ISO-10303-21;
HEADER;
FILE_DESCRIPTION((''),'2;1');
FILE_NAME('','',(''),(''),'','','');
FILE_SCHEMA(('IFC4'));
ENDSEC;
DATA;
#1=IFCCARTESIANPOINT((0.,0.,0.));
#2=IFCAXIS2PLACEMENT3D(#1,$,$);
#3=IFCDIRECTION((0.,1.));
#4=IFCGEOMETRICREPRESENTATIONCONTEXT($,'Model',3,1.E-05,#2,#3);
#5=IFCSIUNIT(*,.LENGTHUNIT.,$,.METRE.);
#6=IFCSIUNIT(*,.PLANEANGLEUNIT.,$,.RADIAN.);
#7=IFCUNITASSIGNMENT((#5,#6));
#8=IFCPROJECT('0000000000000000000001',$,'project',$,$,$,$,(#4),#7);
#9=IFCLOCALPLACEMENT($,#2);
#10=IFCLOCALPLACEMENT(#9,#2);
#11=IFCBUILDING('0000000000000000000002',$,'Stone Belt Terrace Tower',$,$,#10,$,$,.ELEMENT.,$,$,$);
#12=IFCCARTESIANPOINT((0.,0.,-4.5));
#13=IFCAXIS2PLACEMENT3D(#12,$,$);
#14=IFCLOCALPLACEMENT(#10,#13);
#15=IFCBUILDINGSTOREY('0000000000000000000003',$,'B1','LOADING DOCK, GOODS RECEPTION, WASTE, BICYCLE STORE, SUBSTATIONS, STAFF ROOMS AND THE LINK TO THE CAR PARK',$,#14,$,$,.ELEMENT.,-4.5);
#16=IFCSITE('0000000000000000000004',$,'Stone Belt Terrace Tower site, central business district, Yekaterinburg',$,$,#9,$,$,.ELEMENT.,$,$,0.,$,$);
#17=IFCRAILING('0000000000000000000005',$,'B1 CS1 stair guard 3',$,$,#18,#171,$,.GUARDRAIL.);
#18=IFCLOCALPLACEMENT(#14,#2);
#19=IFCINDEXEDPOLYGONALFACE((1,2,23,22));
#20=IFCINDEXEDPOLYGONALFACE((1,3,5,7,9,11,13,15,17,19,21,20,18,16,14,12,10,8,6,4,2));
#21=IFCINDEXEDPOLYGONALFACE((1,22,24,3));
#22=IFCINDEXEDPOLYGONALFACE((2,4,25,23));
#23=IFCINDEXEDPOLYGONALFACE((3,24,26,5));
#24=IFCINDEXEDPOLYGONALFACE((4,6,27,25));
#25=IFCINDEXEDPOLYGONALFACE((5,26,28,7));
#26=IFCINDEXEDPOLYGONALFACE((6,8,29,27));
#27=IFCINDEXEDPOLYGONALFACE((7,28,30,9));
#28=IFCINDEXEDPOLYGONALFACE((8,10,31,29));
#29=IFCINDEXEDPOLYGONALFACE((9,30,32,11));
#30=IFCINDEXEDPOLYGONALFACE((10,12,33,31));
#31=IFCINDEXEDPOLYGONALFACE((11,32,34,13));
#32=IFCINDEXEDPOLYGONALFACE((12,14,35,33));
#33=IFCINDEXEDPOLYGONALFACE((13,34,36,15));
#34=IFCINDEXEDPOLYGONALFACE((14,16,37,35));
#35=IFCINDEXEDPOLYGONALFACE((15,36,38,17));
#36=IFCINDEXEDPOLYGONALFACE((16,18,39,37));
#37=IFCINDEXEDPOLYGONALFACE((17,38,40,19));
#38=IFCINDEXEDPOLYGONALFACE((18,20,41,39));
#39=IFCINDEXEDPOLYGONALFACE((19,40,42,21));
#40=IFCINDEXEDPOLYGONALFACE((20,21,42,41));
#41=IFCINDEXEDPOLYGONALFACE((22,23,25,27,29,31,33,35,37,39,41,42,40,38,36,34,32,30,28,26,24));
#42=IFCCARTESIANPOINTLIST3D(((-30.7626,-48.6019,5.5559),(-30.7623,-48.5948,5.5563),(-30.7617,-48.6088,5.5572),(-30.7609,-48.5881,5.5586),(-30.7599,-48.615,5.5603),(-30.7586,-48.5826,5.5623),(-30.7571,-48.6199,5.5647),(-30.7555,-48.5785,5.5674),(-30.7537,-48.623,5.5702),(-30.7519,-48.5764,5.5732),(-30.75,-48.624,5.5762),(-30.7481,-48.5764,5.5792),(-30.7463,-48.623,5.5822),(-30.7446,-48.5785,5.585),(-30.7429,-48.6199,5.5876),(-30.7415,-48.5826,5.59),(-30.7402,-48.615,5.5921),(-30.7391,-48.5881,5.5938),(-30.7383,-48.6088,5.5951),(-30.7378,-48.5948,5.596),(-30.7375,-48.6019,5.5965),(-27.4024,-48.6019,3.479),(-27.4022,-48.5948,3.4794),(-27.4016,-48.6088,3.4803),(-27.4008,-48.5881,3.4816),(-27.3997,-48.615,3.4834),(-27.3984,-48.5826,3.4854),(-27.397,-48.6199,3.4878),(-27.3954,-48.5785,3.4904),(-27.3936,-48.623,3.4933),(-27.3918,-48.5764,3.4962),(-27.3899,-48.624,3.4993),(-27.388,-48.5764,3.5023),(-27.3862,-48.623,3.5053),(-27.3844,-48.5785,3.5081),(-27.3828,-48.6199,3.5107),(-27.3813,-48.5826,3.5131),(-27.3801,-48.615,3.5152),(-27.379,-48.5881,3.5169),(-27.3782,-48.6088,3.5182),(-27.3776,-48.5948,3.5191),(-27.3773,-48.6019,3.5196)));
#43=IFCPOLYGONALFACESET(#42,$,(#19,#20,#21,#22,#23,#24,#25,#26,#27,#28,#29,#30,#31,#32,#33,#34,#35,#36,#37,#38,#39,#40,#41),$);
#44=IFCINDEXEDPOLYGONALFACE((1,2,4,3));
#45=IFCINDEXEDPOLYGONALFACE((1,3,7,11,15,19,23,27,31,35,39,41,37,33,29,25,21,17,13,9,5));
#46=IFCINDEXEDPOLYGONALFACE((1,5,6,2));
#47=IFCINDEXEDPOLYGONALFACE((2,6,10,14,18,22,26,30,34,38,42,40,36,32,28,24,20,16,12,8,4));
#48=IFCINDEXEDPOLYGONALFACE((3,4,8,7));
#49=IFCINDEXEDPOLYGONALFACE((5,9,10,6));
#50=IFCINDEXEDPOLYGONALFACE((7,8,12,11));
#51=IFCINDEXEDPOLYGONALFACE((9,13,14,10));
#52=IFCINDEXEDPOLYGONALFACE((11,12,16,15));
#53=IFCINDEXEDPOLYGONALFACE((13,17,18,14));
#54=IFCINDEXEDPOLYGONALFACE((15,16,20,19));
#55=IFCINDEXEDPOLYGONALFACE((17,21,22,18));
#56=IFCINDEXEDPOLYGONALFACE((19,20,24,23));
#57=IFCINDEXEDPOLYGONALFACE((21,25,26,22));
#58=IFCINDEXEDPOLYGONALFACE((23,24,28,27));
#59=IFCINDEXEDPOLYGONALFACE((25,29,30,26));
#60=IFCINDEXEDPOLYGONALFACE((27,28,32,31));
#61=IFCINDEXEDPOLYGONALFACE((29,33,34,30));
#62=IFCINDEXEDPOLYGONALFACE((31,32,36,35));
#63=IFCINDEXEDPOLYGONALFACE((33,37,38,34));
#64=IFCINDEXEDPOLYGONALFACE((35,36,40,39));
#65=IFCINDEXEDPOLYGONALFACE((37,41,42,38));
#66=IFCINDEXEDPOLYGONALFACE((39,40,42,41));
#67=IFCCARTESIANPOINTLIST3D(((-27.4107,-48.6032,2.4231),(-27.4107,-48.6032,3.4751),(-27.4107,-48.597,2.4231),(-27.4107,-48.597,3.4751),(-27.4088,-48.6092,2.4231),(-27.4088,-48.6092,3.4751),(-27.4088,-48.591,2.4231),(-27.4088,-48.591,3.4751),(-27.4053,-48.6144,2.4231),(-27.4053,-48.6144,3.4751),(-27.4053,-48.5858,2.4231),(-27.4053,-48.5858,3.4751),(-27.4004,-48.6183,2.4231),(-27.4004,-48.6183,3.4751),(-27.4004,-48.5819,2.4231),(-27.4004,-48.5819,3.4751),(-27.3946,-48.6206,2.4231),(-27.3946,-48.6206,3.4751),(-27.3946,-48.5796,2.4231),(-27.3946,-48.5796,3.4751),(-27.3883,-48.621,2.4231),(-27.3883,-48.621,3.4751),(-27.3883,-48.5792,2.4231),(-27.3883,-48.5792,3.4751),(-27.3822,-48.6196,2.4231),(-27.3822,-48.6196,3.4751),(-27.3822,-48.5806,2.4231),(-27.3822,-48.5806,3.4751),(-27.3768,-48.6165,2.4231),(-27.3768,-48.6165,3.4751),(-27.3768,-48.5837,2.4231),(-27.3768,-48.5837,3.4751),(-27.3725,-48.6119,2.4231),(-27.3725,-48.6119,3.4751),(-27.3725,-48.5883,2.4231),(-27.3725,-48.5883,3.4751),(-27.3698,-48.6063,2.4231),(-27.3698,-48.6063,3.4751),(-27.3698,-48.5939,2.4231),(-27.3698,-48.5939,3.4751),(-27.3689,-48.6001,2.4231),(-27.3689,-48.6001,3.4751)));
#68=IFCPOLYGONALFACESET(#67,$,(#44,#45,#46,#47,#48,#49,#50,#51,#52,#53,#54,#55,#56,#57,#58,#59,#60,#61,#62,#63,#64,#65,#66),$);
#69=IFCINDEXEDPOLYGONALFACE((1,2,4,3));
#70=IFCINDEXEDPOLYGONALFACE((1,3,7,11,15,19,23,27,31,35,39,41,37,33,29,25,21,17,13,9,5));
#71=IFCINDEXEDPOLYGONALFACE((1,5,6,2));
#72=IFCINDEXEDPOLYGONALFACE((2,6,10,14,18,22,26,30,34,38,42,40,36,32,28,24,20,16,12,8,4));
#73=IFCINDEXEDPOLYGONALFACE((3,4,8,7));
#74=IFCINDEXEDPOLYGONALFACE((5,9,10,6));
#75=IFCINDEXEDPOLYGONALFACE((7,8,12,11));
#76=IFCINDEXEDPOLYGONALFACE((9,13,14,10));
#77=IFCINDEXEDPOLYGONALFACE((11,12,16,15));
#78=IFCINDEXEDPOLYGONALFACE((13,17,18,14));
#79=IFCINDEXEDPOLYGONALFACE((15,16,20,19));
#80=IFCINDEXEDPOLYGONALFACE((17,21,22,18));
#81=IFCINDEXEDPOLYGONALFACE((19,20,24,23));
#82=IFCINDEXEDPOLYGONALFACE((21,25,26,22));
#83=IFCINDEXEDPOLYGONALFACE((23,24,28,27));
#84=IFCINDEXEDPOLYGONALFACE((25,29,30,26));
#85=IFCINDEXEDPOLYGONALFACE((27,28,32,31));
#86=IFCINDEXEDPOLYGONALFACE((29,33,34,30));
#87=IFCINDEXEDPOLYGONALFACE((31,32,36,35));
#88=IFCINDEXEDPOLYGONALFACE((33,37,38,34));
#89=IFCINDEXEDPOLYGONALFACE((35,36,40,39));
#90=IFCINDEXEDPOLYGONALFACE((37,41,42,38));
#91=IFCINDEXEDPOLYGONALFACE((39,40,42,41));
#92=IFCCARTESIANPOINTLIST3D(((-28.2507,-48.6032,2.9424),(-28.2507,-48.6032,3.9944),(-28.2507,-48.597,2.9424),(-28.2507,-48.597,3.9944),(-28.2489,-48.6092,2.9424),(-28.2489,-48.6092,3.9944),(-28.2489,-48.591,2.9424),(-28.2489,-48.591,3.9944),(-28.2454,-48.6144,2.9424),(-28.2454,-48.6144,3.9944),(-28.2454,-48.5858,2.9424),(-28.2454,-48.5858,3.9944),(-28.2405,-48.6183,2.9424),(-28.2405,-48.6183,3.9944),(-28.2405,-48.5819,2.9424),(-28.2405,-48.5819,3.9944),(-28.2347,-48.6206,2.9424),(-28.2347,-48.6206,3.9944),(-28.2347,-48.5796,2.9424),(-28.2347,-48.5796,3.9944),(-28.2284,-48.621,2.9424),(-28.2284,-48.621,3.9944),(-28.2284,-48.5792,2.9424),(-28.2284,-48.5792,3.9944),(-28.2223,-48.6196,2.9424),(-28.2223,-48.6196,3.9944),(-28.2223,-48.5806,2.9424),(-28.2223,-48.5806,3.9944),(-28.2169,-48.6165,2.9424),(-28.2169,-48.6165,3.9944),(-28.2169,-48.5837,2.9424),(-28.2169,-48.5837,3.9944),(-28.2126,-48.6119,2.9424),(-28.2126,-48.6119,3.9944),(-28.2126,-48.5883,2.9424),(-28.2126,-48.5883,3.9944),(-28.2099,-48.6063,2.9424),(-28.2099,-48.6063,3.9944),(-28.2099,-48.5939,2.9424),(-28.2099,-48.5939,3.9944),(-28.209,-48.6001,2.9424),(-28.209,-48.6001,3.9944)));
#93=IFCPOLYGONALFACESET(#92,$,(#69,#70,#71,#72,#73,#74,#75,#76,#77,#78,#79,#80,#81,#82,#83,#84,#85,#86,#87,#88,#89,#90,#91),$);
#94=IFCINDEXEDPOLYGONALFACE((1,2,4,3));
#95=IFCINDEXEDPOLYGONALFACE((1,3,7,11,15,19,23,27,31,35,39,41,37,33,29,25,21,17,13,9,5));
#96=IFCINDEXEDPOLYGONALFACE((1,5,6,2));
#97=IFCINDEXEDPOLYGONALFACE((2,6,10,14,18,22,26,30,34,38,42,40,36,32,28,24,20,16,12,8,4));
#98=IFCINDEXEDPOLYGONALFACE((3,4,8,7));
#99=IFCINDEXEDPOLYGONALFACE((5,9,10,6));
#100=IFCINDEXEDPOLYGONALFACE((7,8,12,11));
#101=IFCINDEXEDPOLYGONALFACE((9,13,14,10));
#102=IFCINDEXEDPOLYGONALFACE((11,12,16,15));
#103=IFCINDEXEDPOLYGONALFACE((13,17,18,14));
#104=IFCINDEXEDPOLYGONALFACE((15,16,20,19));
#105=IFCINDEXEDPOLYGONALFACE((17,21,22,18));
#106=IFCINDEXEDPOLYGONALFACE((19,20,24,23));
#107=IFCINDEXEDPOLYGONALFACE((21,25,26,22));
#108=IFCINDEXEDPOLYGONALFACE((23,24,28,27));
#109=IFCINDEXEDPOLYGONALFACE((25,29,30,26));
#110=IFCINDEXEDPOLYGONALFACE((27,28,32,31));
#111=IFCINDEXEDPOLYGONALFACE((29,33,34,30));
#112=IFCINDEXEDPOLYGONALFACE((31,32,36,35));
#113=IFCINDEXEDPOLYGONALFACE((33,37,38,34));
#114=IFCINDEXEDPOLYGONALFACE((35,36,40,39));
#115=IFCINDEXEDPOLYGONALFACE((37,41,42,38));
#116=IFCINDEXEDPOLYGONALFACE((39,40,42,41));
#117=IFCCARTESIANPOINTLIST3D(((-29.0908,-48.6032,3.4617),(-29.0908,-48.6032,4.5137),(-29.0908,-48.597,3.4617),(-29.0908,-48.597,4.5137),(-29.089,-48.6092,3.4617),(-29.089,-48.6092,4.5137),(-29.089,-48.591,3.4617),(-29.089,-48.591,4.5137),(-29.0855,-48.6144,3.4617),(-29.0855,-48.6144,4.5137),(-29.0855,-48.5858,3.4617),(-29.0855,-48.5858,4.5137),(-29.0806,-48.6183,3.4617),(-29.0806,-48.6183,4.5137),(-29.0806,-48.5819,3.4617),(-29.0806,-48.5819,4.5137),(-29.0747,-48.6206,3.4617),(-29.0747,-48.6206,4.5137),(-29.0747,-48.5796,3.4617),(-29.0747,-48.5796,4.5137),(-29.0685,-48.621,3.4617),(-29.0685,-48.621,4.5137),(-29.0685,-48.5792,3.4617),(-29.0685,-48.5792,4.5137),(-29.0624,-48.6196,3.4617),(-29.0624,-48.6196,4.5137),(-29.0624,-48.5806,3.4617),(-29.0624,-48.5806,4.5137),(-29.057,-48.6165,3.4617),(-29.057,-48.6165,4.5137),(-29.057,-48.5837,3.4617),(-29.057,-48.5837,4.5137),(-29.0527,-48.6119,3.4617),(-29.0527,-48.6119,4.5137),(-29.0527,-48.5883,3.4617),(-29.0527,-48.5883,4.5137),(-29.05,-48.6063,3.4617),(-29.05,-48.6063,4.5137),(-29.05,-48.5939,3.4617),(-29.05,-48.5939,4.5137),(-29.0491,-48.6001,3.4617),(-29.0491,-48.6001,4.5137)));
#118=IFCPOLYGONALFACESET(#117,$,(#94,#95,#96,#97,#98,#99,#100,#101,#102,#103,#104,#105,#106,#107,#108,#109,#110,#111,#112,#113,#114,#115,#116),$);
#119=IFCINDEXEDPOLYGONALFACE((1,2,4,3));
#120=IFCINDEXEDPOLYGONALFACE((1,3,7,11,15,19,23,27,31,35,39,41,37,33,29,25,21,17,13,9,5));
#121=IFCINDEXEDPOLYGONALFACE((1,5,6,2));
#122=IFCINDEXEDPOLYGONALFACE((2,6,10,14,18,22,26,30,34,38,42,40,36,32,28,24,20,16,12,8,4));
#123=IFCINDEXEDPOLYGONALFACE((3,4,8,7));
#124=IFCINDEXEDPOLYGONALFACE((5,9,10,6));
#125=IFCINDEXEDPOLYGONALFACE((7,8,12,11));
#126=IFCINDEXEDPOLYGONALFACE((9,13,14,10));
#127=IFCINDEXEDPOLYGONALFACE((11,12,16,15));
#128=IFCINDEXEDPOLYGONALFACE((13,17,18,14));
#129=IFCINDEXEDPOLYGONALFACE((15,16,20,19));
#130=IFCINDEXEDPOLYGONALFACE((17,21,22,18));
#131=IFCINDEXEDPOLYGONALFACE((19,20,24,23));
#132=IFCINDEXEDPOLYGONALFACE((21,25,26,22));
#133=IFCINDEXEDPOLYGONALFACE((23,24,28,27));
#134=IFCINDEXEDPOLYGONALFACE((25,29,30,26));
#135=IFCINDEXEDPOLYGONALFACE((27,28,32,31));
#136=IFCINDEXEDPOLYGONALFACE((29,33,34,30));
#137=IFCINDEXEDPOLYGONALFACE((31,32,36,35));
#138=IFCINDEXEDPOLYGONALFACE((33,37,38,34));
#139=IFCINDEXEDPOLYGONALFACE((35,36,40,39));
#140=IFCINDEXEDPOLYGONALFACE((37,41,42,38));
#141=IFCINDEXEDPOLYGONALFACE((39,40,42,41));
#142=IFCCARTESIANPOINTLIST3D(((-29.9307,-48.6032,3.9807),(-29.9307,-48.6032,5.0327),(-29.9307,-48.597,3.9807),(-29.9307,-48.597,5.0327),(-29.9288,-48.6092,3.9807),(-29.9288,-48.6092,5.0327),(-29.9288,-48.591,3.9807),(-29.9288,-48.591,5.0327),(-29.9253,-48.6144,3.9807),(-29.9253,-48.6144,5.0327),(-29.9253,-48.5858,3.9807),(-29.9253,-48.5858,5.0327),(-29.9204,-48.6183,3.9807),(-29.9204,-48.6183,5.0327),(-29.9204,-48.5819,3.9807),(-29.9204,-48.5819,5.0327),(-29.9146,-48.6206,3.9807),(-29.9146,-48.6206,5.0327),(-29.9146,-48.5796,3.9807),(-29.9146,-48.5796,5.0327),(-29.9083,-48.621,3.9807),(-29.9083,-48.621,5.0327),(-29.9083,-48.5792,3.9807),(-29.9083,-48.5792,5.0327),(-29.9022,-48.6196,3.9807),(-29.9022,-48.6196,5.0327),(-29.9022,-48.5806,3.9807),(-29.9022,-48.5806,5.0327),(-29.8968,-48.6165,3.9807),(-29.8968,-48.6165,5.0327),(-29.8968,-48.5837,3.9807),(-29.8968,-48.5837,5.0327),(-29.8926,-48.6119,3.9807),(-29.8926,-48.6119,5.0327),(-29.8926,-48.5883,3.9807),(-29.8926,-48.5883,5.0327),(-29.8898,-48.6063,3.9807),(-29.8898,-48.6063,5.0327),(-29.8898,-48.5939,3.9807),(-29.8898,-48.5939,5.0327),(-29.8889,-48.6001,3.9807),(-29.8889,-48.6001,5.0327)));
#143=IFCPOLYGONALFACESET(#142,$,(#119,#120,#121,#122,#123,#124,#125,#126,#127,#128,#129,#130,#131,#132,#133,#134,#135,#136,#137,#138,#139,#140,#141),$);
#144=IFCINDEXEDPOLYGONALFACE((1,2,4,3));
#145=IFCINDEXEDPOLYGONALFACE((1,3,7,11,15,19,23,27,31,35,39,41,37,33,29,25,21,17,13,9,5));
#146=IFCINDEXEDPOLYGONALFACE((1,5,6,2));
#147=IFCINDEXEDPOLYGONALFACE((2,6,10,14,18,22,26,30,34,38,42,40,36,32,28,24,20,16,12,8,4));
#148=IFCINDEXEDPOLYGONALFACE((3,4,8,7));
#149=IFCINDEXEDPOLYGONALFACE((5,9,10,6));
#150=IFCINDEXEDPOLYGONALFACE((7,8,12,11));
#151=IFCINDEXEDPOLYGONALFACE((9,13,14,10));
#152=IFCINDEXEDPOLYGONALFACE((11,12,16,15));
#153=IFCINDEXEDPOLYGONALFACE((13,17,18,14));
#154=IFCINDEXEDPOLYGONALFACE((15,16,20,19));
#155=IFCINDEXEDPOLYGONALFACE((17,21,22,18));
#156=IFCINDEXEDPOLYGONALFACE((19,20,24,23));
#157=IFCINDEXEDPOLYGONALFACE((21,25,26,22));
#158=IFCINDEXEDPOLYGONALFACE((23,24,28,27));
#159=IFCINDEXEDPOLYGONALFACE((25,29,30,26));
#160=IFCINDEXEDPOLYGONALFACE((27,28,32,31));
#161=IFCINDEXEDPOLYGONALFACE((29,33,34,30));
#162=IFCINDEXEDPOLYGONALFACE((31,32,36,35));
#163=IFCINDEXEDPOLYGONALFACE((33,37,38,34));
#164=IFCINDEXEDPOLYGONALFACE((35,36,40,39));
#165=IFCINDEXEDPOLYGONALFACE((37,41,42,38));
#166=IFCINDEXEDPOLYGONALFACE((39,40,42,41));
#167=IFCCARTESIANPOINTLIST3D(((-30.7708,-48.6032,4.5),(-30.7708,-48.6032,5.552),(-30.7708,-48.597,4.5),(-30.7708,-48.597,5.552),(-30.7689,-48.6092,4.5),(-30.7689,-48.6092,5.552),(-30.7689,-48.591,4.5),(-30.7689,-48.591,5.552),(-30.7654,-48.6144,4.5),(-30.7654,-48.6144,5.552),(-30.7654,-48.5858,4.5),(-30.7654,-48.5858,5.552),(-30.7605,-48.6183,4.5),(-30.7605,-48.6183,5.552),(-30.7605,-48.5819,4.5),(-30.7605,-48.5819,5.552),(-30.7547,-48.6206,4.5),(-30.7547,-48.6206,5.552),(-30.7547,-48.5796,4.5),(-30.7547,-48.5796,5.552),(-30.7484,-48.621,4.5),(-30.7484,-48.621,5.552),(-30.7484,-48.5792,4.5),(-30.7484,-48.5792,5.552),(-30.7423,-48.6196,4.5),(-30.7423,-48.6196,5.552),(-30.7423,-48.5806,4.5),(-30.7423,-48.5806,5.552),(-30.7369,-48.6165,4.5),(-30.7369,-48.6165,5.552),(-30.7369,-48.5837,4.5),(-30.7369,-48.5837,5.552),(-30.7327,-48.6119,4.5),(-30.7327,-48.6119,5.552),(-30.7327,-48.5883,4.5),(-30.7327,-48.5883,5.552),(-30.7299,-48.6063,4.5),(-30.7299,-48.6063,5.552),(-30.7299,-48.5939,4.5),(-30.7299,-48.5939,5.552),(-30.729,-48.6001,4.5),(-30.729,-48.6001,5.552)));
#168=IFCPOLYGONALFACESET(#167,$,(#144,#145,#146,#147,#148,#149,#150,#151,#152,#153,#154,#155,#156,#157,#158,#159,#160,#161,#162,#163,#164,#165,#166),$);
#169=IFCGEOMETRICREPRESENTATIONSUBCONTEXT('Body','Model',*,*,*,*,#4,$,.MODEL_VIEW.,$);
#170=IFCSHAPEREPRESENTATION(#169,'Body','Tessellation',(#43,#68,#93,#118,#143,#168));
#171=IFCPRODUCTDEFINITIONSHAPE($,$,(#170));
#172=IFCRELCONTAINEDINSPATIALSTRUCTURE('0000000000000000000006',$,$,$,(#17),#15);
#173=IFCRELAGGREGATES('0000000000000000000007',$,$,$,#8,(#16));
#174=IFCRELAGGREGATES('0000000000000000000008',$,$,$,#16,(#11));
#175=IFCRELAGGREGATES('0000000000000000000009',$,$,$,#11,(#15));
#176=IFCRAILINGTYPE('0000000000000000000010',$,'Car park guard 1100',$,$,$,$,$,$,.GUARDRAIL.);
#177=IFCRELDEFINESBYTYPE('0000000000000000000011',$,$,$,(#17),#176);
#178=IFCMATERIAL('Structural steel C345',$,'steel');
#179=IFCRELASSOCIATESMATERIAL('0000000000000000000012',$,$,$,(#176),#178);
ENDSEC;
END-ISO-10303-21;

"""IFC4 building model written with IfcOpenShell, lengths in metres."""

from ifc_helpers import new_model, si_unit, direction, frame, origin, origin_2d, place, context, subcontext, project, spatial, circle, extrude, material, type_object, element, save


model = new_model("IFC4")

# Units and contexts
model_context = context("Model", 3, precision=1e-05, world=origin(), true_north=direction((0.0, 1.0)))
body_context = subcontext(model_context, "Body", "Model", "MODEL_VIEW")
ifc_project = project(units=[si_unit("LENGTHUNIT", "METRE"), si_unit("PLANEANGLEUNIT", "RADIAN")], contexts=[model_context])

# Site, building, storey
site_placement = place(None, origin())
site = spatial("IfcSite", under=ifc_project, at=site_placement, Name="Stone Belt Terrace Tower site, central business district, Yekaterinburg", CompositionType="ELEMENT", RefElevation=0.0)
building_placement = place(site_placement, origin())
building = spatial("IfcBuilding", under=site, at=building_placement, Name="Stone Belt Terrace Tower", CompositionType="ELEMENT")
storey_placement = place(building_placement, frame((0.0, 0.0, -4.5)))
storey = spatial("IfcBuildingStorey", under=building, at=storey_placement, Name="B1", Description="LOADING DOCK, GOODS RECEPTION, WASTE, BICYCLE STORE, SUBSTATIONS, STAFF ROOMS AND THE LINK TO THE CAR PARK", CompositionType="ELEMENT", Elevation=-4.5)

# Railing
ifc_material_1 = material(Name="Structural steel C345", Category="steel")
railing_type_1 = type_object("IfcRailingType", Name="Car park guard 1100", PredefinedType="GUARDRAIL", material=ifc_material_1)
railing_1_placement = place(storey_placement, frame((-27.3899, -48.6001, 2.4231)))
element("IfcRailing", 1, at=railing_1_placement, inside=storey, type_object=railing_type_1, Name="B1 CS1 stair guard 3", PredefinedType="GUARDRAIL", context=body_context, shape_type="SweptSolid", body=[
    extrude(circle(Radius=0.0239, at=origin_2d()), frame((0.0, 0.0, 1.0762), z_axis=(-0.850623, 0.0, 0.525776), x_axis=(0.0, -1.0, 0.0)), (0.0, 0.0, 1.0), 3.9502),
    extrude(circle(Radius=0.021, at=origin_2d()), origin(), (0.0, 0.0, 1.0), 1.052),
    extrude(circle(Radius=0.021, at=origin_2d()), frame((-0.8401, 0.0, 0.5193)), (0.0, 0.0, 1.0), 1.052),
    extrude(circle(Radius=0.021, at=origin_2d()), frame((-1.6802, 0.0, 1.0386)), (0.0, 0.0, 1.0), 1.052),
    extrude(circle(Radius=0.021, at=origin_2d()), frame((-2.52, 0.0, 1.5576)), (0.0, 0.0, 1.0), 1.052),
    extrude(circle(Radius=0.021, at=origin_2d()), frame((-3.3601, 0.0, 2.0769)), (0.0, 0.0, 1.0), 1.052),
])

save(model, "model.ifc")
